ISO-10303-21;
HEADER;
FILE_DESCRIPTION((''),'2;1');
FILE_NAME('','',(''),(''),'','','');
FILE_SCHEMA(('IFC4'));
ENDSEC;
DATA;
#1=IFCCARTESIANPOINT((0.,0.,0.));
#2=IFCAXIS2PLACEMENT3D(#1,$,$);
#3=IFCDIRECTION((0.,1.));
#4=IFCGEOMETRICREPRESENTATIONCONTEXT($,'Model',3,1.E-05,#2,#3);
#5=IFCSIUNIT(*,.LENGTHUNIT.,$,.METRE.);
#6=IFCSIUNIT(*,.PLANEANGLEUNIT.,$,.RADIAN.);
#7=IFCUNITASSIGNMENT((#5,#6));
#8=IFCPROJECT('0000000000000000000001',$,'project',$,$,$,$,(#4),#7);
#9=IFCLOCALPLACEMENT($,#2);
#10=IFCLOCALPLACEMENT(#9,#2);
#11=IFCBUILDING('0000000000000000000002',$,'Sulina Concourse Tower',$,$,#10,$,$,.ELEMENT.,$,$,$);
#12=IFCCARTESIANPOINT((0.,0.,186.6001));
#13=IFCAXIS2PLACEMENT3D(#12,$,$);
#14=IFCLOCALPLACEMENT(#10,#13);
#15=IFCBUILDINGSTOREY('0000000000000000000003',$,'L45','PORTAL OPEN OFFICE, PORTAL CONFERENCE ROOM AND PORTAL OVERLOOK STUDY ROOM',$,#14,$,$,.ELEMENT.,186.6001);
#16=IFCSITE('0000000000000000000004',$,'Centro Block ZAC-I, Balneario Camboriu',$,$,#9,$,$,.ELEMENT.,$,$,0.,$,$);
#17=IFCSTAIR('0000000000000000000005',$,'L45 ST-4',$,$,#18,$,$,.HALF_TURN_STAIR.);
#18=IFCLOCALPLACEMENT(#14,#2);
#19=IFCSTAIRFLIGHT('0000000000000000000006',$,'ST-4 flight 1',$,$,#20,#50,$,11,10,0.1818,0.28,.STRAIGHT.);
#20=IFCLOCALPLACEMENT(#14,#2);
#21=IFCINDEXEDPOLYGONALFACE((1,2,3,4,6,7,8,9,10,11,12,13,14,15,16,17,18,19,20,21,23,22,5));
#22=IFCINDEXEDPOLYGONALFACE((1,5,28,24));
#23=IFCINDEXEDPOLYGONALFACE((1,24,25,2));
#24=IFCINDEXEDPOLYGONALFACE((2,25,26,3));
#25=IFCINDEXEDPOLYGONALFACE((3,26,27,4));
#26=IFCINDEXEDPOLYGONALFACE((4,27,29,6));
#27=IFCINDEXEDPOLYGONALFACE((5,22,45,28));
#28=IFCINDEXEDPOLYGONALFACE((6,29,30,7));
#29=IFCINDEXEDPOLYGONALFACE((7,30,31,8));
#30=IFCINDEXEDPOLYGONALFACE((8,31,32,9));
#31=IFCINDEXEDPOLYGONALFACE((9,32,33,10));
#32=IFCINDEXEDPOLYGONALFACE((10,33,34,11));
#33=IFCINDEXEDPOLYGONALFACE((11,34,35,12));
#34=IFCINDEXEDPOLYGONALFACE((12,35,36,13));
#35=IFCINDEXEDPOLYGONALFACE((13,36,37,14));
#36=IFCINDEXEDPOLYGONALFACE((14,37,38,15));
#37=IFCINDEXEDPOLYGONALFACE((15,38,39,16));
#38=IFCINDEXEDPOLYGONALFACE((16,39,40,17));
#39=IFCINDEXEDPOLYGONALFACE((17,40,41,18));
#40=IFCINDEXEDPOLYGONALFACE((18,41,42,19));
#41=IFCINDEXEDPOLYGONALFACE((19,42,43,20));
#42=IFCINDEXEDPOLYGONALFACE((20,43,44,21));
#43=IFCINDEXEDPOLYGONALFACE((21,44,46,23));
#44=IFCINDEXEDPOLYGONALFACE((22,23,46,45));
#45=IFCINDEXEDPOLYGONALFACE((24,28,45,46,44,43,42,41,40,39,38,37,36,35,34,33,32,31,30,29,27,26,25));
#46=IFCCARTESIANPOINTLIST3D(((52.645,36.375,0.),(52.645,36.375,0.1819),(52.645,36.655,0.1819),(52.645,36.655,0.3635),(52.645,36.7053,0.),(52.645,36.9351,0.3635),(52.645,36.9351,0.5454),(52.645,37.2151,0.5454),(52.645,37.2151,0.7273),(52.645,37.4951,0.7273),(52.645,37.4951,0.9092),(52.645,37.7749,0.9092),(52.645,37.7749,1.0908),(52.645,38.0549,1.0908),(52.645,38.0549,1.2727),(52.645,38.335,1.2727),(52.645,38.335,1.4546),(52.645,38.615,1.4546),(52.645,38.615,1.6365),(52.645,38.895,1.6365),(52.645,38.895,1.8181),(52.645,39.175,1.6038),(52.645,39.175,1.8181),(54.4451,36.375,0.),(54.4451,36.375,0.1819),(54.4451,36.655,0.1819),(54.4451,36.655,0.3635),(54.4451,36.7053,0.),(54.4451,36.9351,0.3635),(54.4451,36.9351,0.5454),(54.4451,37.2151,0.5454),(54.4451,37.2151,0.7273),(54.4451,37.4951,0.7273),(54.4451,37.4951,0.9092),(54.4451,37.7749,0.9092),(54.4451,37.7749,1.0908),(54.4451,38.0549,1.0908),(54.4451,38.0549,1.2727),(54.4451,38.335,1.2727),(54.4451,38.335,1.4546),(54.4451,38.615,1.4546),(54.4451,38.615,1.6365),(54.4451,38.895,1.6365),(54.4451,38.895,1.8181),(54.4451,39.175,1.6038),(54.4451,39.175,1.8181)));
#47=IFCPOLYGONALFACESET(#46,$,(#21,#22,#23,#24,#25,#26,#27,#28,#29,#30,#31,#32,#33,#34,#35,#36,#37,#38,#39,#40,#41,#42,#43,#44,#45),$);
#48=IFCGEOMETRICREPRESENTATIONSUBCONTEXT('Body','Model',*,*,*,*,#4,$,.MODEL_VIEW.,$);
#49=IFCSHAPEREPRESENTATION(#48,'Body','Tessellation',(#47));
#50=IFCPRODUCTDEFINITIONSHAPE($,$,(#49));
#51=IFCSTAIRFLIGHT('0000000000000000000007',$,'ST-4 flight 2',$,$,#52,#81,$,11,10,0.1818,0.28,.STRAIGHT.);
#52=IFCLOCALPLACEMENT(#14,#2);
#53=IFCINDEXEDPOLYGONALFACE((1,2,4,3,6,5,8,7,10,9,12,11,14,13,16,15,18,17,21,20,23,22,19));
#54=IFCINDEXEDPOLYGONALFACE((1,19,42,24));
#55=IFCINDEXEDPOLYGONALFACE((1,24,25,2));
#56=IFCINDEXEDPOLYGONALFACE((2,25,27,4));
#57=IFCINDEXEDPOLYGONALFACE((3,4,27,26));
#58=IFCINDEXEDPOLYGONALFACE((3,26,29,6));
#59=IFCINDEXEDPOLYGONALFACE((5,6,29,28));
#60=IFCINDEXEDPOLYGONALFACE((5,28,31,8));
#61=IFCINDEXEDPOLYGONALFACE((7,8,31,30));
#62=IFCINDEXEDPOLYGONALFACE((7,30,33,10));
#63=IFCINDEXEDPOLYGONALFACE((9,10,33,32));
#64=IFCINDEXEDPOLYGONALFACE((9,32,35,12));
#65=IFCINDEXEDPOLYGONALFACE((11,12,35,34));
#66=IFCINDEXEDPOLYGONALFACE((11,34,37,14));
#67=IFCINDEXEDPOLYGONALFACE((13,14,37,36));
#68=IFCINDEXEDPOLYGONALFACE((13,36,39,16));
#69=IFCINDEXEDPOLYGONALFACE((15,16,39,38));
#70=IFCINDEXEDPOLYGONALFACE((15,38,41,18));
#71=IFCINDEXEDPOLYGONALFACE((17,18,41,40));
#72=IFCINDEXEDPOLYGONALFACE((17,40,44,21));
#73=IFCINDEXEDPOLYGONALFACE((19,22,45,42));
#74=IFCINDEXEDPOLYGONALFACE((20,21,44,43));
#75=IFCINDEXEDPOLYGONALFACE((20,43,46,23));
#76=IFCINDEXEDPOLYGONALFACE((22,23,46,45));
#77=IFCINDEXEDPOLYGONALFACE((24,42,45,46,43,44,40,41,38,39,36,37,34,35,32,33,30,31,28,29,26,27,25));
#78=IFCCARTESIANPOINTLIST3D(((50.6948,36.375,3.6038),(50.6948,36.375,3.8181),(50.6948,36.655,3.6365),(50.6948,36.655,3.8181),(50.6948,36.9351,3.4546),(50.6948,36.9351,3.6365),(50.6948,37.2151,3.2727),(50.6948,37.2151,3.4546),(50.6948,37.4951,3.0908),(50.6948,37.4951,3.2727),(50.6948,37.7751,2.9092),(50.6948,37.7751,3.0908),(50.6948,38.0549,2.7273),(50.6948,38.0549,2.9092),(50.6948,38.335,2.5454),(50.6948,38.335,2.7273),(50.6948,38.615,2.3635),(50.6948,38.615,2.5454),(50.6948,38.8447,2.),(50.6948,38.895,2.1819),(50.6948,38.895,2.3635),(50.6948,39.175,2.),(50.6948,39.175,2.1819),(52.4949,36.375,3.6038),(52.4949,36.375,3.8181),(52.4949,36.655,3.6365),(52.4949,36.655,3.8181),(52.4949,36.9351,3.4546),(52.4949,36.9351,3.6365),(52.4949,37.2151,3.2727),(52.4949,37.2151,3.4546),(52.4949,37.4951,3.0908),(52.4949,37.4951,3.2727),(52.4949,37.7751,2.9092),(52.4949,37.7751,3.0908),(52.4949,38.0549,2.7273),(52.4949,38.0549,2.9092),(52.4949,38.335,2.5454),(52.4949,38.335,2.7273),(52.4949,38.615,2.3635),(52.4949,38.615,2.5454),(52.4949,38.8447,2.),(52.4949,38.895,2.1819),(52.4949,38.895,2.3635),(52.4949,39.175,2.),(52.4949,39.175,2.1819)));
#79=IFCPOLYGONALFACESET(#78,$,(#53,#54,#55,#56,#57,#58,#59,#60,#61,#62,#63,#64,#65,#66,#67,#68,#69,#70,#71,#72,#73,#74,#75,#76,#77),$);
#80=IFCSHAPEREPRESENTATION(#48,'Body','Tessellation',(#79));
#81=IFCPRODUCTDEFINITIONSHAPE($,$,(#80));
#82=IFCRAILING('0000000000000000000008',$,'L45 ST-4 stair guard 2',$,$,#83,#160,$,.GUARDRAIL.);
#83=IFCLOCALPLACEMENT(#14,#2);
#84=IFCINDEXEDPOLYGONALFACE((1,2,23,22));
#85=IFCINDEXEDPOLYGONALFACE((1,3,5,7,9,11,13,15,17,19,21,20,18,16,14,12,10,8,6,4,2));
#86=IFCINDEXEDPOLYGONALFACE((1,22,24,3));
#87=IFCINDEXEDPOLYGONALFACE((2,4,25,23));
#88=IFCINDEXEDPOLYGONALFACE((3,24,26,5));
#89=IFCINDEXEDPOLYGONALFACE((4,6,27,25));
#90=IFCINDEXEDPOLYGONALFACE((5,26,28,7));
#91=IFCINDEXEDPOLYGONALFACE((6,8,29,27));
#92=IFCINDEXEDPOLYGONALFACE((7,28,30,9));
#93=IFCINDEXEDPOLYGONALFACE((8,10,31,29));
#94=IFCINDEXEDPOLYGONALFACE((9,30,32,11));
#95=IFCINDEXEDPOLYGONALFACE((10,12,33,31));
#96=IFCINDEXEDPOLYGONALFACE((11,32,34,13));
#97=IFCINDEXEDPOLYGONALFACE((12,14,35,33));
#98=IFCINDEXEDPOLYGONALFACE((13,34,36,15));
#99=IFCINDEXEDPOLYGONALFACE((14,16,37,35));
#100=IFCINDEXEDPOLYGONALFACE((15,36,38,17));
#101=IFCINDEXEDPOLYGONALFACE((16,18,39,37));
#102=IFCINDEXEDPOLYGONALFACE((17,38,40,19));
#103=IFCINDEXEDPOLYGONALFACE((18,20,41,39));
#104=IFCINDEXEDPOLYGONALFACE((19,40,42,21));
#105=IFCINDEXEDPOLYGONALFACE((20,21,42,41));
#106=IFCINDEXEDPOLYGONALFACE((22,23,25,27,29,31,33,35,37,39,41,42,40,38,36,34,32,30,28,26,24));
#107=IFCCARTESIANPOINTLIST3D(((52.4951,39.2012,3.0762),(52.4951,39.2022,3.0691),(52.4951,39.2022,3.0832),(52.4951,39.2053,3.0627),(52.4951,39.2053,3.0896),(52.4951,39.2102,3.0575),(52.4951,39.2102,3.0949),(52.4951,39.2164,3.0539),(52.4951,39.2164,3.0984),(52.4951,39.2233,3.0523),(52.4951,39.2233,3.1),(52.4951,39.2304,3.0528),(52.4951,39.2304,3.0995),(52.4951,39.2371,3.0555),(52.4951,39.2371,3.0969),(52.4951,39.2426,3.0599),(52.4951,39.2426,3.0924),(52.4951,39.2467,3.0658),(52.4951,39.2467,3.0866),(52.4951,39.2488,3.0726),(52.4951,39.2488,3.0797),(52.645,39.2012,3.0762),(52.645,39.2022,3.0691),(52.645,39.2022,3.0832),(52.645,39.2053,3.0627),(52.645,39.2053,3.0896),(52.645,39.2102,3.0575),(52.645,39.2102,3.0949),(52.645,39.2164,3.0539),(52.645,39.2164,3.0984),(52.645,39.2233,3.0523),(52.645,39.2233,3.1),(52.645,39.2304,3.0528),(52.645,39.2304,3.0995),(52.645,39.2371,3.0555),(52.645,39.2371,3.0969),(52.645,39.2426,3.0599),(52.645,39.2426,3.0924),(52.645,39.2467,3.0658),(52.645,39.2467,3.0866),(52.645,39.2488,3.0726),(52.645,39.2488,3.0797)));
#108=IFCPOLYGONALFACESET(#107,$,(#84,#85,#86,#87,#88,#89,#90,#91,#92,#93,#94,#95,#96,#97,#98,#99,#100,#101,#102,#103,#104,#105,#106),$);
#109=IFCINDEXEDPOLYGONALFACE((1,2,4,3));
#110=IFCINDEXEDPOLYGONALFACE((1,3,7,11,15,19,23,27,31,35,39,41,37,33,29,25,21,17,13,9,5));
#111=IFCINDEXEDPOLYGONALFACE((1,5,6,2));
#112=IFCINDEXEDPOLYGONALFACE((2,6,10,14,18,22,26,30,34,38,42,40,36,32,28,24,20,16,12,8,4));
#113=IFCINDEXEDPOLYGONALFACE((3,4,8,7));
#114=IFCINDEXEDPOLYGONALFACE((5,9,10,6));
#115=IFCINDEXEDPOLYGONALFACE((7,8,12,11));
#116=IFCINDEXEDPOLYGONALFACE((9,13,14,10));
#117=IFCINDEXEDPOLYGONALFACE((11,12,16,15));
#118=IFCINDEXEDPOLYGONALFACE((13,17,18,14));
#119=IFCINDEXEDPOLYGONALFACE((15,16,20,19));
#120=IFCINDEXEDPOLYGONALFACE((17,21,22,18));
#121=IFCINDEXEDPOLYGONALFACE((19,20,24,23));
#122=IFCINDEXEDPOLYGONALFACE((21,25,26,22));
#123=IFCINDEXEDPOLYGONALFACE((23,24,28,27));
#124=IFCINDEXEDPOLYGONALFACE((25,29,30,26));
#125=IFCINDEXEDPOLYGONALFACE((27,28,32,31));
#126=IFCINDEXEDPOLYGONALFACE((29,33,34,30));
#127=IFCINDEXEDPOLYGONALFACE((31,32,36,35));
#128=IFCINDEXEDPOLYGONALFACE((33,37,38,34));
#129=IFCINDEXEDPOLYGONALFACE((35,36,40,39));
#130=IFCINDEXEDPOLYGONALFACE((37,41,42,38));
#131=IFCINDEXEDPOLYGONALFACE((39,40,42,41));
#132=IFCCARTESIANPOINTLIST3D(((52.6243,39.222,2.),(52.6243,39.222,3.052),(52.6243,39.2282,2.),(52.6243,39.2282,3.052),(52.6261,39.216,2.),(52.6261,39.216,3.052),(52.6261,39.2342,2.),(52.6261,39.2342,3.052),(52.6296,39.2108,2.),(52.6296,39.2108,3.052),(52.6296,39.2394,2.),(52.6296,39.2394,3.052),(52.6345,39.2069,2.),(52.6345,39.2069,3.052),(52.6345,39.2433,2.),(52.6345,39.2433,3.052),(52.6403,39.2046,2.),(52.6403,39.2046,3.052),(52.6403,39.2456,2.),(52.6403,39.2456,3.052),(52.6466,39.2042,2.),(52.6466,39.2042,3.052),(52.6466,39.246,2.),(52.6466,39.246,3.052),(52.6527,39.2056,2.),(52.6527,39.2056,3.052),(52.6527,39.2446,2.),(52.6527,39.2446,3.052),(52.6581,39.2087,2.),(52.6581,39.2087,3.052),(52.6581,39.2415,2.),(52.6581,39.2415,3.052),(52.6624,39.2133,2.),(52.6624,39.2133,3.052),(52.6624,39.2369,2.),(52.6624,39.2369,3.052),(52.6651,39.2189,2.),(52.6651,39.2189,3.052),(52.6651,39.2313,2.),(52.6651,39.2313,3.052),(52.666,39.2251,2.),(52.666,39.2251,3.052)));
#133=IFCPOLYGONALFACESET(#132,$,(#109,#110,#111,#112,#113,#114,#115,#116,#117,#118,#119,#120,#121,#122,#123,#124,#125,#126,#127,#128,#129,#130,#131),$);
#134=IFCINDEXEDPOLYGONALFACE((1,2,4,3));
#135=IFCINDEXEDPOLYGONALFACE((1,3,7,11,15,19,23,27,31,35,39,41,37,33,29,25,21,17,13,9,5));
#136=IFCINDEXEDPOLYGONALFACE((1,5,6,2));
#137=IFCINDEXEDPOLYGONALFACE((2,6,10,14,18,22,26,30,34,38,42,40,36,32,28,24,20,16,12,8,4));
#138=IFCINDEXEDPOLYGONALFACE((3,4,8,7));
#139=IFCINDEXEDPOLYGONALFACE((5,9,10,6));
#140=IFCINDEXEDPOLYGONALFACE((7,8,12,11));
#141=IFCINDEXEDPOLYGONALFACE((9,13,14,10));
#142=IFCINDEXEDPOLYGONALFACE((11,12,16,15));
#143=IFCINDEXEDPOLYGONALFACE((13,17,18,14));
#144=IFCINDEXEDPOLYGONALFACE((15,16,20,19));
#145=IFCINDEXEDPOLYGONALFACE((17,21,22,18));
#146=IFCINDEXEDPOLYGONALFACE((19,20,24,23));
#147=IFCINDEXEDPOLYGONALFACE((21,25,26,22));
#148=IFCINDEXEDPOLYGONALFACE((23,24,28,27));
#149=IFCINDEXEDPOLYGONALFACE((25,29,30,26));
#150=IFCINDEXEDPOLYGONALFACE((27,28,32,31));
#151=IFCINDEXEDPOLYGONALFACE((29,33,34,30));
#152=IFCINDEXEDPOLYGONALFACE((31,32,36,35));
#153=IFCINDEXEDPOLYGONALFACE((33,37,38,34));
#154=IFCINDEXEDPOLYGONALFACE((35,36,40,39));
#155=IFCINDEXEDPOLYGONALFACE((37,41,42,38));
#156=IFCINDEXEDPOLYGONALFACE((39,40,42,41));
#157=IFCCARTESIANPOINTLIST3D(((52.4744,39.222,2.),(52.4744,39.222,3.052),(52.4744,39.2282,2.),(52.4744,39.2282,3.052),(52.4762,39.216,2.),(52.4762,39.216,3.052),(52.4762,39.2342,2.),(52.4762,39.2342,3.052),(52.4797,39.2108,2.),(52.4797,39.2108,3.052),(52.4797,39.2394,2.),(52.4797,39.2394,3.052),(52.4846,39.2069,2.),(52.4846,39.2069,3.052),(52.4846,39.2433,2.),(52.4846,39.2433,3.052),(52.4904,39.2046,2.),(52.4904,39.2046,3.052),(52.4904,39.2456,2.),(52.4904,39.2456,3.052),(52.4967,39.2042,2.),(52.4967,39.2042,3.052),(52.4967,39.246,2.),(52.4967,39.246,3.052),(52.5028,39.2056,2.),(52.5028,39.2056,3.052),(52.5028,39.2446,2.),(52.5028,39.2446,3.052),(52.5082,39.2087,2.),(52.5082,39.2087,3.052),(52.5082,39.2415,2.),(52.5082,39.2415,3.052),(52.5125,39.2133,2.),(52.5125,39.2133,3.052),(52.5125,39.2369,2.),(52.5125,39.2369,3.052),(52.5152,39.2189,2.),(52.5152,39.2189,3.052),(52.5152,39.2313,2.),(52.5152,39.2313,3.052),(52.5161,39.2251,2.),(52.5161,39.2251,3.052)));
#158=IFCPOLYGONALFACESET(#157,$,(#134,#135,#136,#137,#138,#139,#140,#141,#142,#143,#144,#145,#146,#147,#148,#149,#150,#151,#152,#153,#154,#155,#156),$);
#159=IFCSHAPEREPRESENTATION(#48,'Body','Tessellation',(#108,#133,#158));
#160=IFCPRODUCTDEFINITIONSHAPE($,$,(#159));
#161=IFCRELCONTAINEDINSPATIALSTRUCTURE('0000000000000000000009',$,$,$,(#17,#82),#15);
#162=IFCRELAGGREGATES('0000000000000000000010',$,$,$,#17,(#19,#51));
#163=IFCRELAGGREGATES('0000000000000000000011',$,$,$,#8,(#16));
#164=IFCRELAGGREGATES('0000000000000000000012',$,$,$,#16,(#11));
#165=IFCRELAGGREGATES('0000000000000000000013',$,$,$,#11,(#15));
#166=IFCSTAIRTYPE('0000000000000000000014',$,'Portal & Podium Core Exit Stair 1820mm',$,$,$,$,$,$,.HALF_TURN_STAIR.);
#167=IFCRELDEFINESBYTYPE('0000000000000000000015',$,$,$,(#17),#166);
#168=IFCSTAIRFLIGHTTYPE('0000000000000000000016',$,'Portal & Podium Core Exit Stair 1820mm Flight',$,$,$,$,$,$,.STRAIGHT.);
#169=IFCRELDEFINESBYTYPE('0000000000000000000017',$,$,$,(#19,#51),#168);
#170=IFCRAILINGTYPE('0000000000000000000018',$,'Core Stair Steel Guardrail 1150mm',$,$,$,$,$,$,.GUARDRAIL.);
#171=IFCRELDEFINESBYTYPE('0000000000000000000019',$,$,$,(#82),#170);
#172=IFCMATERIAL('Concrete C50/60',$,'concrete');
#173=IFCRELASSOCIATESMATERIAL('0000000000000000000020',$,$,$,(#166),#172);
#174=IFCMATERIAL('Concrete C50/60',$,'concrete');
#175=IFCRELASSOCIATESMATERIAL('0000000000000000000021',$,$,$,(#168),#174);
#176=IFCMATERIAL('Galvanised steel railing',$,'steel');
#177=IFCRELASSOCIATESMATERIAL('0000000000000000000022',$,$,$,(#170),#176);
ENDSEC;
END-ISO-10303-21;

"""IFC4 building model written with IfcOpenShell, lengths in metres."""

from ifc_helpers import new_model, si_unit, direction, frame, origin, origin_2d, place, context, subcontext, project, spatial, polyline, circle, outline, extrude, material, type_object, element, aggregate, save


model = new_model("IFC4")

# Units and contexts
model_context = context("Model", 3, precision=1e-05, world=origin(), true_north=direction((0.0, 1.0)))
body_context = subcontext(model_context, "Body", "Model", "MODEL_VIEW")
ifc_project = project(units=[si_unit("LENGTHUNIT", "METRE"), si_unit("PLANEANGLEUNIT", "RADIAN")], contexts=[model_context])

# Site, building, storey
site_placement = place(None, origin())
site = spatial("IfcSite", under=ifc_project, at=site_placement, Name="Centro Block ZAC-I, Balneario Camboriu", CompositionType="ELEMENT", RefElevation=0.0)
building_placement = place(site_placement, origin())
building = spatial("IfcBuilding", under=site, at=building_placement, Name="Sulina Concourse Tower", CompositionType="ELEMENT")
storey_placement = place(building_placement, frame((0.0, 0.0, 186.6001)))
storey = spatial("IfcBuildingStorey", under=building, at=storey_placement, Name="L45", Description="PORTAL OPEN OFFICE, PORTAL CONFERENCE ROOM AND PORTAL OVERLOOK STUDY ROOM", CompositionType="ELEMENT", Elevation=186.6001)

# Stair, stair flights
ifc_material_1 = material(Name="Concrete C50/60", Category="concrete")
stair_type = type_object("IfcStairType", Name="Portal & Podium Core Exit Stair 1820mm", PredefinedType="HALF_TURN_STAIR", material=ifc_material_1)
stair_placement = place(storey_placement, origin())
stair = element("IfcStair", 1, at=stair_placement, inside=storey, type_object=stair_type, Name="L45 ST-4", PredefinedType="HALF_TURN_STAIR")
ifc_material_2 = material(Name="Concrete C50/60", Category="concrete")
stair_flight_type = type_object("IfcStairFlightType", Name="Portal & Podium Core Exit Stair 1820mm Flight", PredefinedType="STRAIGHT", material=ifc_material_2)
stair_flight_1_placement = place(storey_placement, frame((53.5449, 36.375, 0.0), z_axis=(0.0, 0.0, 1.0), x_axis=(0.0, 1.0, 0.0)))
stair_flight_1 = element("IfcStairFlight", 2, at=stair_flight_1_placement, type_object=stair_flight_type, Name="ST-4 flight 1", NumberOfRisers=11, NumberOfTreads=10, PredefinedType="STRAIGHT", RiserHeight=0.1818, TreadLength=0.28, context=body_context, shape_type="SweptSolid", body=[
    extrude(outline(polyline([(0.0, 0.0), (0.0, 0.1819), (0.28, 0.1819), (0.28, 0.3635), (0.5601, 0.3635), (0.5601, 0.5454), (0.8401, 0.5454), (0.8401, 0.7273), (1.1201, 0.7273), (1.1201, 0.9092), (1.3999, 0.9092), (1.3999, 1.0908), (1.6799, 1.0908), (1.6799, 1.2727), (1.96, 1.2727), (1.96, 1.4546), (2.24, 1.4546), (2.24, 1.6365), (2.52, 1.6365), (2.52, 1.8181), (2.8, 1.8181), (2.8, 2.0), (2.8, 1.6038), (0.3303, 0.0), (0.0, 0.0)])), frame((0.0, 0.8999, 0.0), z_axis=(0.0, -1.0, 0.0), x_axis=(1.0, 0.0, 0.0)), (0.0, 0.0, 1.0), 1.8),
])
stair_flight_2_placement = place(storey_placement, frame((51.595, 39.175, 2.0), z_axis=(0.0, 0.0, 1.0), x_axis=(0.0, -1.0, 0.0)))
stair_flight_2 = element("IfcStairFlight", 3, at=stair_flight_2_placement, type_object=stair_flight_type, Name="ST-4 flight 2", NumberOfRisers=11, NumberOfTreads=10, PredefinedType="STRAIGHT", RiserHeight=0.1818, TreadLength=0.28, context=body_context, shape_type="SweptSolid", body=[
    extrude(outline(polyline([(0.0, 0.0), (0.0, 0.1819), (0.28, 0.1819), (0.28, 0.3635), (0.5601, 0.3635), (0.5601, 0.5454), (0.8401, 0.5454), (0.8401, 0.7273), (1.1201, 0.7273), (1.1201, 0.9092), (1.3999, 0.9092), (1.3999, 1.0908), (1.6799, 1.0908), (1.6799, 1.2727), (1.96, 1.2727), (1.96, 1.4546), (2.24, 1.4546), (2.24, 1.6365), (2.52, 1.6365), (2.52, 1.8181), (2.8, 1.8181), (2.8, 2.0), (2.8, 1.6038), (0.3303, 0.0), (0.0, 0.0)])), frame((0.0, 0.8999, 0.0), z_axis=(0.0, -1.0, 0.0), x_axis=(1.0, 0.0, 0.0)), (0.0, 0.0, 1.0), 1.8),
])
aggregate(stair, [stair_flight_1, stair_flight_2])

# Railing
ifc_material_3 = material(Name="Galvanised steel railing", Category="steel")
railing_type_1 = type_object("IfcRailingType", Name="Core Stair Steel Guardrail 1150mm", PredefinedType="GUARDRAIL", material=ifc_material_3)
railing_1_placement = place(storey_placement, frame((52.645, 39.2251, 2.0)))
element("IfcRailing", 4, at=railing_1_placement, inside=storey, type_object=railing_type_1, Name="L45 ST-4 stair guard 2", PredefinedType="GUARDRAIL", context=body_context, shape_type="SweptSolid", body=[
    extrude(circle(Radius=0.0239, at=origin_2d()), frame((0.0, 0.0, 1.0762), z_axis=(-1.0, 0.0, 0.0), x_axis=(0.0, -1.0, 0.0)), (0.0, 0.0, 1.0), 0.1499),
    extrude(circle(Radius=0.021, at=origin_2d()), origin(), (0.0, 0.0, 1.0), 1.052),
    extrude(circle(Radius=0.021, at=origin_2d()), frame((-0.1499, 0.0, 0.0)), (0.0, 0.0, 1.0), 1.052),
])

save(model, "model.ifc")
